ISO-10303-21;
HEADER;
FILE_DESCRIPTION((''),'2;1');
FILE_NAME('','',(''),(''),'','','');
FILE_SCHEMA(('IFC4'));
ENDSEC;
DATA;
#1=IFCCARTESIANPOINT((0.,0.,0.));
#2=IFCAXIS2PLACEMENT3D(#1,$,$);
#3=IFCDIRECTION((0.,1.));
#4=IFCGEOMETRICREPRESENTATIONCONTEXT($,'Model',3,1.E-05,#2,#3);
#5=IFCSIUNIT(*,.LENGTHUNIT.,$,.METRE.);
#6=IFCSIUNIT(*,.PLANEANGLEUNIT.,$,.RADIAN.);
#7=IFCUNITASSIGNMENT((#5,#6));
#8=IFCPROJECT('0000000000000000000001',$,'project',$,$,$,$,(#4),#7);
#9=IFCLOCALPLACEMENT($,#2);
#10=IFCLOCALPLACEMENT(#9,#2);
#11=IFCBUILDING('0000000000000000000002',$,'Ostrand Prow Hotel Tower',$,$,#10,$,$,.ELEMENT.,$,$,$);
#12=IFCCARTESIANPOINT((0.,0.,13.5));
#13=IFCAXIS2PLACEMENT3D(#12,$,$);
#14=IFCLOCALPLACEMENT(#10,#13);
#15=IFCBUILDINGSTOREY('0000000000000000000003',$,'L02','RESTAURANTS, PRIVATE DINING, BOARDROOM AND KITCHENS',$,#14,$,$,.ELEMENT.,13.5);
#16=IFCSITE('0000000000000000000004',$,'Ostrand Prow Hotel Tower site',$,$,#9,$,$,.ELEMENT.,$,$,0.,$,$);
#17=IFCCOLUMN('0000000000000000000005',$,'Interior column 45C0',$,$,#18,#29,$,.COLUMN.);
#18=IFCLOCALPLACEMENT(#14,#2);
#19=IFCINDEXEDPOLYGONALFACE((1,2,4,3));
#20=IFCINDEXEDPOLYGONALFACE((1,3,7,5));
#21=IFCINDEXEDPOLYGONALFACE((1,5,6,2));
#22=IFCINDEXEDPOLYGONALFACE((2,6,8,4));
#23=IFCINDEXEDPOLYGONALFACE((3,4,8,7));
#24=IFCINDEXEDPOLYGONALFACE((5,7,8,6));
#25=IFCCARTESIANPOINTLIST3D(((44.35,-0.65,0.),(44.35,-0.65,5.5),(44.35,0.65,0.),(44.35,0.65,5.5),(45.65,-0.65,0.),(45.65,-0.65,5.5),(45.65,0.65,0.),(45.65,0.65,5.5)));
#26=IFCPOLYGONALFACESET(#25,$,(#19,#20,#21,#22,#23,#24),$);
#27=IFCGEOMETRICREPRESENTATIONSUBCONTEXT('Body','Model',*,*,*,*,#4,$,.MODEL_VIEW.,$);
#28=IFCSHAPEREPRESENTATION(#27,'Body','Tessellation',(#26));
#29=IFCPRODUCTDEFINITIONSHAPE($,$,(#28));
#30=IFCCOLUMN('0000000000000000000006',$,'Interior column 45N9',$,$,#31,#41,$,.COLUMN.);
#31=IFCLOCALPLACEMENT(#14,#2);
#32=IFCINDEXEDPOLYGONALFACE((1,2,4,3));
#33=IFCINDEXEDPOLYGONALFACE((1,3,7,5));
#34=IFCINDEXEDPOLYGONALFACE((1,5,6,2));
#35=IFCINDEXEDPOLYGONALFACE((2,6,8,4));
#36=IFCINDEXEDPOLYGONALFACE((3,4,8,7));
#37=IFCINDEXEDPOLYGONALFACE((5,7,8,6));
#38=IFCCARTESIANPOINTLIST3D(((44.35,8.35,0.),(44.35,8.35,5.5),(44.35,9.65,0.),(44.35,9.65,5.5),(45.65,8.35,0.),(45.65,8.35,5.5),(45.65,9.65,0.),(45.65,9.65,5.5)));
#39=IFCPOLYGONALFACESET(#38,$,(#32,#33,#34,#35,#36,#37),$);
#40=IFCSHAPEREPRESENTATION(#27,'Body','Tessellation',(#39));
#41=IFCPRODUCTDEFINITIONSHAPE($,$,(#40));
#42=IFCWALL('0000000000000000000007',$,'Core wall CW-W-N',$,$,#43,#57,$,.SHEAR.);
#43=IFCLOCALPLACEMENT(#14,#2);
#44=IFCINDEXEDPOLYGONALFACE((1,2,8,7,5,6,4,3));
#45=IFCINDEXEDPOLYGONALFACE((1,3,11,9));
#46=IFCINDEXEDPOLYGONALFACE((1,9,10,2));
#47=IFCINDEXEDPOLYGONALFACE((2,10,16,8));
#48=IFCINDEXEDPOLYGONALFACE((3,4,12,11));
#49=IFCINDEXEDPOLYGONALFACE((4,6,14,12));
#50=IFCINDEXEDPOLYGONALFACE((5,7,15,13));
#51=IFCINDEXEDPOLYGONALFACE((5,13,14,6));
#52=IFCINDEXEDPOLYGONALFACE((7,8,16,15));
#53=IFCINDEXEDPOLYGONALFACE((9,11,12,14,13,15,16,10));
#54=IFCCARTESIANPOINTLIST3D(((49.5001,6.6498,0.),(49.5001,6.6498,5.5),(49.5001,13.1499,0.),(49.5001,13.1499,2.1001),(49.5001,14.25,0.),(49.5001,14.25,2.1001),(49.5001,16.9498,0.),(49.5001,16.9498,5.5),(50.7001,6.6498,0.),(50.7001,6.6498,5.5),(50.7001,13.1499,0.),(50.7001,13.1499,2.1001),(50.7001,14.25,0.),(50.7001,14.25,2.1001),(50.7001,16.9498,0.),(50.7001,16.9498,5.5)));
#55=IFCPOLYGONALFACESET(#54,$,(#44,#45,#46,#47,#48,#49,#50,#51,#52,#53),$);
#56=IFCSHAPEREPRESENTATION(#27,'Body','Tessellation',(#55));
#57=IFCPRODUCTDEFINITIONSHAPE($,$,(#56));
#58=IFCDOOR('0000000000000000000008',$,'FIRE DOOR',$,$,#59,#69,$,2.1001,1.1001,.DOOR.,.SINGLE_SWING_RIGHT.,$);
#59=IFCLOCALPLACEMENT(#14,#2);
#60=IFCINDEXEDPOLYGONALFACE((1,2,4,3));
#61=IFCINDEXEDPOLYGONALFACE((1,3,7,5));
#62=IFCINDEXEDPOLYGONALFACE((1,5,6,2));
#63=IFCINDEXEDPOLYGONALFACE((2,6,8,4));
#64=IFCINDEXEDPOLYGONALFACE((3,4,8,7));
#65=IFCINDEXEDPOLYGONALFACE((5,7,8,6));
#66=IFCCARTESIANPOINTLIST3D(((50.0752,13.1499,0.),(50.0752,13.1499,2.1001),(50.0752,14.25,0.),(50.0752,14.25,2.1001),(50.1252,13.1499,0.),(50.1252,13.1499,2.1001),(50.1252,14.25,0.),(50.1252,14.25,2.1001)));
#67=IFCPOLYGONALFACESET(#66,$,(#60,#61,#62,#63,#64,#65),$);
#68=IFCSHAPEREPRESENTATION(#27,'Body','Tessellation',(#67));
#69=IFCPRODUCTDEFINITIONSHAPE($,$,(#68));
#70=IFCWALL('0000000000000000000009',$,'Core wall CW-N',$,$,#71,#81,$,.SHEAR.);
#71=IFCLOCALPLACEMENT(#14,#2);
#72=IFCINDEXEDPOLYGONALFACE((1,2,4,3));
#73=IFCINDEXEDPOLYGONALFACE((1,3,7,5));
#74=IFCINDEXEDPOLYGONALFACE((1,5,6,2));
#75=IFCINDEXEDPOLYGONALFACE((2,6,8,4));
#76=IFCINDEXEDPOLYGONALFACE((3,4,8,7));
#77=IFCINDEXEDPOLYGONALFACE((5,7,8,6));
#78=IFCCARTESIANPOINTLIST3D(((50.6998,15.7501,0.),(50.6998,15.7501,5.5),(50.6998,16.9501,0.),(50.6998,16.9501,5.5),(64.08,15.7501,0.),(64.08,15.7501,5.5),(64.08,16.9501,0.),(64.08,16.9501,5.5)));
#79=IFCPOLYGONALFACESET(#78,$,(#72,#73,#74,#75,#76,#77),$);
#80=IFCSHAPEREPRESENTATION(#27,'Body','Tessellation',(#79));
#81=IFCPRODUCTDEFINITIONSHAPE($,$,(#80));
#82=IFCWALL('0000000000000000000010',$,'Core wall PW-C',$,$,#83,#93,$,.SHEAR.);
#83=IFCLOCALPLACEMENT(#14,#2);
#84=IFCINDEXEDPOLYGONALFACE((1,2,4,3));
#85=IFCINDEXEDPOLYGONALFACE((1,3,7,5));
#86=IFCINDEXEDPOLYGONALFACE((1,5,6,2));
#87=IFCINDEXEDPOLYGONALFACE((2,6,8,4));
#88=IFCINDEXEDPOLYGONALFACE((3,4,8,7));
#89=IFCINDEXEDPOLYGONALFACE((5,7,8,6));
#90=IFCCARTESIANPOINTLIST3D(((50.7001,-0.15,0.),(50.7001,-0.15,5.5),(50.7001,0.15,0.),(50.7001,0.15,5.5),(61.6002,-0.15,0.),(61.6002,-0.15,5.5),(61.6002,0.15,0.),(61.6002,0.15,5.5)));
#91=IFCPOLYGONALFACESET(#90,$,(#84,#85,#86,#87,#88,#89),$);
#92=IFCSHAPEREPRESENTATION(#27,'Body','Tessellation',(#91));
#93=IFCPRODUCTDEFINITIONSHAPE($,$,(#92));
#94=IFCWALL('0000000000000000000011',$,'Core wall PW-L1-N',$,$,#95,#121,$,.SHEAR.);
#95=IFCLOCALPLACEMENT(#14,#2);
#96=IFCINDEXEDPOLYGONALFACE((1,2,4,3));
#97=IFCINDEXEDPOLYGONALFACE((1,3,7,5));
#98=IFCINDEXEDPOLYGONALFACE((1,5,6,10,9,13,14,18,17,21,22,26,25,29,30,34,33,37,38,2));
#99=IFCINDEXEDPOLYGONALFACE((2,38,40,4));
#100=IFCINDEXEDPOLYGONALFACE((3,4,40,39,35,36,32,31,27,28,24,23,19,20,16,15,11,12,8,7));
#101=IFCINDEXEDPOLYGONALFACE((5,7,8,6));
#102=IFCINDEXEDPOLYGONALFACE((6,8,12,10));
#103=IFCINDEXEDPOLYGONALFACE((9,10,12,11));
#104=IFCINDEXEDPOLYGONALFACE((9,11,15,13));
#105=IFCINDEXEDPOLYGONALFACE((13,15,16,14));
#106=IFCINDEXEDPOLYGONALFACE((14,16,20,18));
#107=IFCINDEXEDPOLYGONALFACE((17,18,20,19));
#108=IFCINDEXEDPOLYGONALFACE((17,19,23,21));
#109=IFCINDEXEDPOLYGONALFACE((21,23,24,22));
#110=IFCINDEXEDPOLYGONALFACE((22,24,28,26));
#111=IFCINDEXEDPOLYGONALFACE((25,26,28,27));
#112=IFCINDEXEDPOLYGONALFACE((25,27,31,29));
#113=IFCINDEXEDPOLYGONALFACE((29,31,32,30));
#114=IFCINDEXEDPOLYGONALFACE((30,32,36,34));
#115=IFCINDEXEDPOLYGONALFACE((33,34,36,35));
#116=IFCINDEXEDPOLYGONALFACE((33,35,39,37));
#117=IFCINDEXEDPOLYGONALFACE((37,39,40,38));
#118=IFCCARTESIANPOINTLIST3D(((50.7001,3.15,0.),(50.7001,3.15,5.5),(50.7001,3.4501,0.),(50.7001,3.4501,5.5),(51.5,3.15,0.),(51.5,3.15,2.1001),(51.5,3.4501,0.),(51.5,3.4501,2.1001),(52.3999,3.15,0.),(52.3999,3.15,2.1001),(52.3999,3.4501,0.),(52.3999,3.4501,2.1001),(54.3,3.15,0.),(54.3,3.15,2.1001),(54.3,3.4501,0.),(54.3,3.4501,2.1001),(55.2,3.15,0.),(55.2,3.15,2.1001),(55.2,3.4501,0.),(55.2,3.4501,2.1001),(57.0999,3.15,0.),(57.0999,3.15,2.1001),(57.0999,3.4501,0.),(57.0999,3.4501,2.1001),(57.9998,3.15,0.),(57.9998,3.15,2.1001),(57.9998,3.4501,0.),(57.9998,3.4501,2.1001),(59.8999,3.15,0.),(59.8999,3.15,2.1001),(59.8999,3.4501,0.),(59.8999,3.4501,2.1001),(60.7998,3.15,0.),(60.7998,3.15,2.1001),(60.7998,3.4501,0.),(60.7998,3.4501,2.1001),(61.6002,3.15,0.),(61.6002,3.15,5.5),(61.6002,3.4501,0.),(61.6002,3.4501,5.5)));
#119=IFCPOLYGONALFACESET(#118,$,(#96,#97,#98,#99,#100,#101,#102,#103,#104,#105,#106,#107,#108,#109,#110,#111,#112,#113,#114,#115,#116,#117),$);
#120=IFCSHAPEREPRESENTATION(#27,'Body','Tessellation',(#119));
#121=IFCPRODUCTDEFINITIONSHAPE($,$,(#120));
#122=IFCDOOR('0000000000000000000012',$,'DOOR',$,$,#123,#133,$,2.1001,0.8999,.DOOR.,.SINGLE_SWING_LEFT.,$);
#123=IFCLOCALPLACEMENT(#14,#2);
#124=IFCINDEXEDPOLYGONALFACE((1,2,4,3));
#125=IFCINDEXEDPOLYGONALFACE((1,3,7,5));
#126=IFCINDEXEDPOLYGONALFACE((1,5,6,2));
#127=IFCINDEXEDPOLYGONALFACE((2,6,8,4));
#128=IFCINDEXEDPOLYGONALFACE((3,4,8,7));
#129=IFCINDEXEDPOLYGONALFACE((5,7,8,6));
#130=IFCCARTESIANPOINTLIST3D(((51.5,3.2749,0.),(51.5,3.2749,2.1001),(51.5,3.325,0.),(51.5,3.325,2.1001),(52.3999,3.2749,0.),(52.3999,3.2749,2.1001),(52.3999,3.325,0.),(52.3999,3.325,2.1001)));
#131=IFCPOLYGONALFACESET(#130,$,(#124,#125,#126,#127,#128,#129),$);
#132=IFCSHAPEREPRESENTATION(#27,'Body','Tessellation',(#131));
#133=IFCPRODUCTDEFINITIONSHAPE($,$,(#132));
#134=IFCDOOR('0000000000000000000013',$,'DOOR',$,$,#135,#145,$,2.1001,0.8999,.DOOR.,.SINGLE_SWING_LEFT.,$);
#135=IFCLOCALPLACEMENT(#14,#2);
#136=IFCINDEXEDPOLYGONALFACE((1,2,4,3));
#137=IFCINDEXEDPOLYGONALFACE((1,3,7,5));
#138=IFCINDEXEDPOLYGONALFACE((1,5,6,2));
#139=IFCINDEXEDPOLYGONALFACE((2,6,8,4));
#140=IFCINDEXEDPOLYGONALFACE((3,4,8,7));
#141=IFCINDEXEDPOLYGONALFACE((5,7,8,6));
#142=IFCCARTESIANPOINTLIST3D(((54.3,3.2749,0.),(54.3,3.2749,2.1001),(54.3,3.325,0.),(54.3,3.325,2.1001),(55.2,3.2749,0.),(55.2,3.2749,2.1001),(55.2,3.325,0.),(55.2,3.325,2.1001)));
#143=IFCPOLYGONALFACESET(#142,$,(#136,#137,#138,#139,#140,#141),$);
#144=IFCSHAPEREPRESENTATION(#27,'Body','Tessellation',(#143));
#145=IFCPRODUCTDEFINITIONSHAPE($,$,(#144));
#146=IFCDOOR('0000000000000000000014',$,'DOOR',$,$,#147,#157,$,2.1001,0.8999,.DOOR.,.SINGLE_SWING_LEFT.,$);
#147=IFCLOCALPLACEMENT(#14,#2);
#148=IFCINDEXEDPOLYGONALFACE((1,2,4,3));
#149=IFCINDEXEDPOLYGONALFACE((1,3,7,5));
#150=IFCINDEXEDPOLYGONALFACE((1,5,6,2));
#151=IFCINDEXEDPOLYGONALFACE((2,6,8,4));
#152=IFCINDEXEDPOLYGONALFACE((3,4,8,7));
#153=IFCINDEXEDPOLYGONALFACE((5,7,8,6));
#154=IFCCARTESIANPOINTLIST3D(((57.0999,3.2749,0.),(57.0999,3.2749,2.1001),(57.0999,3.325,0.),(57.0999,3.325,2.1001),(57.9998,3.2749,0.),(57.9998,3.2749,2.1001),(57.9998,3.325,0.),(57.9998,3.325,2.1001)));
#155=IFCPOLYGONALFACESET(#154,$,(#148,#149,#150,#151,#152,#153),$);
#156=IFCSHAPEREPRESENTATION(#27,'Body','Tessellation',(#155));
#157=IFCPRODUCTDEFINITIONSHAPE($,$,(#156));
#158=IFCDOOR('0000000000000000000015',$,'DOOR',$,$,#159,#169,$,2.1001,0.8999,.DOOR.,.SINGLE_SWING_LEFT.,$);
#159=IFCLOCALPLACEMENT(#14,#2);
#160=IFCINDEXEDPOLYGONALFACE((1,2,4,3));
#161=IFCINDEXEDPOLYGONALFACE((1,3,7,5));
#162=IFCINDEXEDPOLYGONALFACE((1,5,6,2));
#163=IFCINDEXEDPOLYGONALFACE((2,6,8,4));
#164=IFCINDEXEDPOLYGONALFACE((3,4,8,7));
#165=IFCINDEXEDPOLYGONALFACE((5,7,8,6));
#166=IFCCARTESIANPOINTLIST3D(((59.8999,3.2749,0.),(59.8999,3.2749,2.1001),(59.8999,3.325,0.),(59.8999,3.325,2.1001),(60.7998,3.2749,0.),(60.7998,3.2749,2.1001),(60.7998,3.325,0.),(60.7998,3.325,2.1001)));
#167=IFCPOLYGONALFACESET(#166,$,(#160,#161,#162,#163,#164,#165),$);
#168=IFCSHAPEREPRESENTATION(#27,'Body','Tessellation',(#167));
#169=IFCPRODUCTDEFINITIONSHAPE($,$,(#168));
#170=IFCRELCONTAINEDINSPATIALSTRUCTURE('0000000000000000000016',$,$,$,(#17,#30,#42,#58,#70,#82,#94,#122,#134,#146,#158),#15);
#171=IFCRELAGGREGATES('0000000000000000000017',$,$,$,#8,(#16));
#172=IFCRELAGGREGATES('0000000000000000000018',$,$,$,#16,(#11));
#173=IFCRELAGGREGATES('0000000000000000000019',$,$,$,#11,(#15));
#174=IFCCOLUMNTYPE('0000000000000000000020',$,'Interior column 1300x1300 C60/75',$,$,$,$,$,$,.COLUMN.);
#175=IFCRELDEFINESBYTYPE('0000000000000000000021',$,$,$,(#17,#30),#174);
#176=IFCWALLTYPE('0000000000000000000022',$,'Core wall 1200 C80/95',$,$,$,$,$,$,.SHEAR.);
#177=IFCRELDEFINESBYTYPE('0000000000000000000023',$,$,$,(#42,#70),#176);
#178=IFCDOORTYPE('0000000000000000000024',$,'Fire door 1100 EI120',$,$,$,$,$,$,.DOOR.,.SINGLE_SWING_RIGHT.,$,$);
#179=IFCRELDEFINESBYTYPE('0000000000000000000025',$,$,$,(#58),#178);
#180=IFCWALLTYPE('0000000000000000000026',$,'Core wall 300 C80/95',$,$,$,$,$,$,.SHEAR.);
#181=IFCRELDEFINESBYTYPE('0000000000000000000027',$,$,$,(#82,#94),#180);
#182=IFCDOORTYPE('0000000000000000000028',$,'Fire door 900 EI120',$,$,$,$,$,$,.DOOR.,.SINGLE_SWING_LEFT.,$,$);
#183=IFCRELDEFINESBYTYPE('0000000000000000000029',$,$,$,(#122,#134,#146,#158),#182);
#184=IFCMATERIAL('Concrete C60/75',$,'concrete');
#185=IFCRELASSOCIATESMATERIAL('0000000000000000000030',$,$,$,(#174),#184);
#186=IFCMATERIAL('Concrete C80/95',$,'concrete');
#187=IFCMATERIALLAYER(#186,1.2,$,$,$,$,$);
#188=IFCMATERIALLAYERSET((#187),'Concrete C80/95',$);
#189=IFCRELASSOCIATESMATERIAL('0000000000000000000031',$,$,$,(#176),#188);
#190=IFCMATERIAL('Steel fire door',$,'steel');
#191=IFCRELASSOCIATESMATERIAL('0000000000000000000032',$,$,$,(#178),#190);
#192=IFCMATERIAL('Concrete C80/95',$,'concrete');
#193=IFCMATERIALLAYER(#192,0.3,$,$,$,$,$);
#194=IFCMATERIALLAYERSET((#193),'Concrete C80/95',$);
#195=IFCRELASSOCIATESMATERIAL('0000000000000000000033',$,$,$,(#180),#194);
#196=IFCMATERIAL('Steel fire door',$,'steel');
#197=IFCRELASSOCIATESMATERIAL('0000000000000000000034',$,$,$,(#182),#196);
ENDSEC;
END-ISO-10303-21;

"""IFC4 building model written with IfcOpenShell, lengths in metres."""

from ifc_helpers import new_model, si_unit, direction, frame, frame_2d, origin, origin_2d, place, context, subcontext, project, spatial, rectangle, extrude, material, layer, layer_set, material_profile, profile_set, type_object, element, fill, save


model = new_model("IFC4")

# Units and contexts
model_context = context("Model", 3, precision=1e-05, world=origin(), true_north=direction((0.0, 1.0)))
body_context = subcontext(model_context, "Body", "Model", "MODEL_VIEW")
ifc_project = project(units=[si_unit("LENGTHUNIT", "METRE"), si_unit("PLANEANGLEUNIT", "RADIAN")], contexts=[model_context])

# Site, building, storey
site_placement = place(None, origin())
site = spatial("IfcSite", under=ifc_project, at=site_placement, Name="Ostrand Prow Hotel Tower site", CompositionType="ELEMENT", RefElevation=0.0)
building_placement = place(site_placement, origin())
building = spatial("IfcBuilding", under=site, at=building_placement, Name="Ostrand Prow Hotel Tower", CompositionType="ELEMENT")
storey_placement = place(building_placement, frame((0.0, 0.0, 13.5)))
storey = spatial("IfcBuildingStorey", under=building, at=storey_placement, Name="L02", Description="RESTAURANTS, PRIVATE DINING, BOARDROOM AND KITCHENS", CompositionType="ELEMENT", Elevation=13.5)

# Columns
ifc_material_1 = material(Name="Concrete C60/75", Category="concrete")
ifc_material_profile = material_profile(ifc_material_1, rectangle(XDim=1.3, YDim=1.3, at=origin_2d()), Name="RC 1300x1300")
ifc_profile_set = profile_set([ifc_material_profile], Name="Concrete C60/75")
column_type = type_object("IfcColumnType", Name="Interior column 1300x1300 C60/75", PredefinedType="COLUMN", material=ifc_profile_set)
for number, where, z_axis, x_axis, name in (
    (1, (45.0, 0.0, 0.0), (0.0, 0.0, 1.0), (1.0, 0.0, 0.0), "Interior column 45C0"),
    (2, (45.0, 9.0, 0.0), (0.0, 0.0, 1.0), (1.0, 0.0, 0.0), "Interior column 45N9"),
):
    element("IfcColumn", number, at=place(storey_placement, frame(where, z_axis=z_axis, x_axis=x_axis)), inside=storey, type_object=column_type, Name=name, PredefinedType="COLUMN", context=body_context, shape_type="SweptSolid", body=[
        extrude(rectangle(XDim=1.3, YDim=1.3, at=origin_2d()), origin(), (0.0, 0.0, 1.0), 5.5),
    ])

# Wall, opening, door
ifc_material_2 = material(Name="Concrete C80/95", Category="concrete")
ifc_layer_1 = layer(ifc_material_2, 1.2)
ifc_layer_set_1 = layer_set([ifc_layer_1], Name="Concrete C80/95")
wall_type_1 = type_object("IfcWallType", Name="Core wall 1200 C80/95", PredefinedType="SHEAR", material=ifc_layer_set_1)
wall_1_placement = place(storey_placement, frame((50.1001, 6.6499, 0.0), z_axis=(0.0, 0.0, 1.0), x_axis=(0.0, 1.0, 0.0)))
wall_1 = element("IfcWall", 3, at=wall_1_placement, inside=storey, type_object=wall_type_1, Name="Core wall CW-W-N", PredefinedType="SHEAR", context=body_context, shape_type="SweptSolid", body=[
    extrude(rectangle(XDim=10.3, YDim=1.2, at=frame_2d((5.1499, 0.0))), origin(), (0.0, 0.0, 1.0), 5.5),
])
opening_1_placement = place(wall_1_placement, frame((6.5, 0.0, 0.0)))
opening_1 = element("IfcOpeningElement", 4, at=opening_1_placement, cuts=wall_1, PredefinedType="OPENING", context=body_context, shape_type="SweptSolid", body=[
    extrude(rectangle(XDim=1.1001, YDim=2.1001, at=frame_2d((0.55, 1.05))), frame((0.0, 0.6099, 0.0), z_axis=(0.0, -1.0, 0.0), x_axis=(1.0, 0.0, 0.0)), (0.0, 0.0, 1.0), 1.22),
])
ifc_material_3 = material(Name="Steel fire door", Category="steel")
door_type_1 = type_object("IfcDoorType", Name="Fire door 1100 EI120", OperationType="SINGLE_SWING_RIGHT", PredefinedType="DOOR", material=ifc_material_3)
door_1_placement = place(opening_1_placement, origin())
door_1 = element("IfcDoor", 5, at=door_1_placement, inside=storey, type_object=door_type_1, Name="FIRE DOOR", OperationType="SINGLE_SWING_RIGHT", OverallHeight=2.1001, OverallWidth=1.1001, PredefinedType="DOOR", context=body_context, shape_type="SweptSolid", body=[
    extrude(rectangle(XDim=1.1001, YDim=2.1001, at=frame_2d((0.55, 1.05))), frame((0.0, 0.0249, 0.0), z_axis=(0.0, -1.0, 0.0), x_axis=(1.0, 0.0, 0.0)), (0.0, 0.0, 1.0), 0.05),
])
fill(opening_1, door_1)

# Walls
wall_2_placement = place(storey_placement, frame((50.7, 16.3501, 0.0), z_axis=(0.0, 0.0, 1.0), x_axis=(1.0, 0.0, 0.0)))
element("IfcWall", 6, at=wall_2_placement, inside=storey, type_object=wall_type_1, Name="Core wall CW-N", PredefinedType="SHEAR", context=body_context, shape_type="SweptSolid", body=[
    extrude(rectangle(XDim=13.3801, YDim=1.2, at=frame_2d((6.6899, 0.0))), origin(), (0.0, 0.0, 1.0), 5.5),
])
ifc_material_4 = material(Name="Concrete C80/95", Category="concrete")
ifc_layer_2 = layer(ifc_material_4, 0.3)
ifc_layer_set_2 = layer_set([ifc_layer_2], Name="Concrete C80/95")
wall_type_2 = type_object("IfcWallType", Name="Core wall 300 C80/95", PredefinedType="SHEAR", material=ifc_layer_set_2)
wall_3_placement = place(storey_placement, frame((50.7, 0.0, 0.0), z_axis=(0.0, 0.0, 1.0), x_axis=(1.0, 0.0, 0.0)))
element("IfcWall", 7, at=wall_3_placement, inside=storey, type_object=wall_type_2, Name="Core wall PW-C", PredefinedType="SHEAR", context=body_context, shape_type="SweptSolid", body=[
    extrude(rectangle(XDim=10.9001, YDim=0.3, at=frame_2d((5.4502, 0.0))), origin(), (0.0, 0.0, 1.0), 5.5),
])

# Wall, openings, doors
wall_4_placement = place(storey_placement, frame((50.7, 3.3, 0.0), z_axis=(0.0, 0.0, 1.0), x_axis=(1.0, 0.0, 0.0)))
wall_4 = element("IfcWall", 8, at=wall_4_placement, inside=storey, type_object=wall_type_2, Name="Core wall PW-L1-N", PredefinedType="SHEAR", context=body_context, shape_type="SweptSolid", body=[
    extrude(rectangle(XDim=10.9001, YDim=0.3, at=frame_2d((5.4502, 0.0))), origin(), (0.0, 0.0, 1.0), 5.5),
])
opening_2_placement = place(wall_4_placement, frame((0.8, 0.0, 0.0)))
opening_2 = element("IfcOpeningElement", 9, at=opening_2_placement, cuts=wall_4, PredefinedType="OPENING", context=body_context, shape_type="SweptSolid", body=[
    extrude(rectangle(XDim=0.8999, YDim=2.1001, at=frame_2d((0.45, 1.05))), frame((0.0, 0.1599, 0.0), z_axis=(0.0, -1.0, 0.0), x_axis=(1.0, 0.0, 0.0)), (0.0, 0.0, 1.0), 0.3201),
])
opening_3_placement = place(wall_4_placement, frame((3.6001, 0.0, 0.0)))
opening_3 = element("IfcOpeningElement", 10, at=opening_3_placement, cuts=wall_4, PredefinedType="OPENING", context=body_context, shape_type="SweptSolid", body=[
    extrude(rectangle(XDim=0.8999, YDim=2.1001, at=frame_2d((0.45, 1.05))), frame((0.0, 0.1599, 0.0), z_axis=(0.0, -1.0, 0.0), x_axis=(1.0, 0.0, 0.0)), (0.0, 0.0, 1.0), 0.3201),
])
opening_4_placement = place(wall_4_placement, frame((6.3999, 0.0, 0.0)))
opening_4 = element("IfcOpeningElement", 11, at=opening_4_placement, cuts=wall_4, PredefinedType="OPENING", context=body_context, shape_type="SweptSolid", body=[
    extrude(rectangle(XDim=0.8999, YDim=2.1001, at=frame_2d((0.45, 1.05))), frame((0.0, 0.1599, 0.0), z_axis=(0.0, -1.0, 0.0), x_axis=(1.0, 0.0, 0.0)), (0.0, 0.0, 1.0), 0.3201),
])
opening_5_placement = place(wall_4_placement, frame((9.2, 0.0, 0.0)))
opening_5 = element("IfcOpeningElement", 12, at=opening_5_placement, cuts=wall_4, PredefinedType="OPENING", context=body_context, shape_type="SweptSolid", body=[
    extrude(rectangle(XDim=0.8999, YDim=2.1001, at=frame_2d((0.45, 1.05))), frame((0.0, 0.1599, 0.0), z_axis=(0.0, -1.0, 0.0), x_axis=(1.0, 0.0, 0.0)), (0.0, 0.0, 1.0), 0.3201),
])
ifc_material_5 = material(Name="Steel fire door", Category="steel")
door_type_2 = type_object("IfcDoorType", Name="Fire door 900 EI120", OperationType="SINGLE_SWING_LEFT", PredefinedType="DOOR", material=ifc_material_5)
door_2_placement = place(opening_2_placement, origin())
door_2 = element("IfcDoor", 13, at=door_2_placement, inside=storey, type_object=door_type_2, Name="DOOR", OperationType="SINGLE_SWING_LEFT", OverallHeight=2.1001, OverallWidth=0.8999, PredefinedType="DOOR", context=body_context, shape_type="SweptSolid", body=[
    extrude(rectangle(XDim=0.8999, YDim=2.1001, at=frame_2d((0.45, 1.05))), frame((0.0, 0.0249, 0.0), z_axis=(0.0, -1.0, 0.0), x_axis=(1.0, 0.0, 0.0)), (0.0, 0.0, 1.0), 0.05),
])
fill(opening_2, door_2)
door_3_placement = place(opening_3_placement, origin())
door_3 = element("IfcDoor", 14, at=door_3_placement, inside=storey, type_object=door_type_2, Name="DOOR", OperationType="SINGLE_SWING_LEFT", OverallHeight=2.1001, OverallWidth=0.8999, PredefinedType="DOOR", context=body_context, shape_type="SweptSolid", body=[
    extrude(rectangle(XDim=0.8999, YDim=2.1001, at=frame_2d((0.45, 1.05))), frame((0.0, 0.0249, 0.0), z_axis=(0.0, -1.0, 0.0), x_axis=(1.0, 0.0, 0.0)), (0.0, 0.0, 1.0), 0.05),
])
fill(opening_3, door_3)
door_4_placement = place(opening_4_placement, origin())
door_4 = element("IfcDoor", 15, at=door_4_placement, inside=storey, type_object=door_type_2, Name="DOOR", OperationType="SINGLE_SWING_LEFT", OverallHeight=2.1001, OverallWidth=0.8999, PredefinedType="DOOR", context=body_context, shape_type="SweptSolid", body=[
    extrude(rectangle(XDim=0.8999, YDim=2.1001, at=frame_2d((0.45, 1.05))), frame((0.0, 0.0249, 0.0), z_axis=(0.0, -1.0, 0.0), x_axis=(1.0, 0.0, 0.0)), (0.0, 0.0, 1.0), 0.05),
])
fill(opening_4, door_4)
door_5_placement = place(opening_5_placement, origin())
door_5 = element("IfcDoor", 16, at=door_5_placement, inside=storey, type_object=door_type_2, Name="DOOR", OperationType="SINGLE_SWING_LEFT", OverallHeight=2.1001, OverallWidth=0.8999, PredefinedType="DOOR", context=body_context, shape_type="SweptSolid", body=[
    extrude(rectangle(XDim=0.8999, YDim=2.1001, at=frame_2d((0.45, 1.05))), frame((0.0, 0.0249, 0.0), z_axis=(0.0, -1.0, 0.0), x_axis=(1.0, 0.0, 0.0)), (0.0, 0.0, 1.0), 0.05),
])
fill(opening_5, door_5)

save(model, "model.ifc")
